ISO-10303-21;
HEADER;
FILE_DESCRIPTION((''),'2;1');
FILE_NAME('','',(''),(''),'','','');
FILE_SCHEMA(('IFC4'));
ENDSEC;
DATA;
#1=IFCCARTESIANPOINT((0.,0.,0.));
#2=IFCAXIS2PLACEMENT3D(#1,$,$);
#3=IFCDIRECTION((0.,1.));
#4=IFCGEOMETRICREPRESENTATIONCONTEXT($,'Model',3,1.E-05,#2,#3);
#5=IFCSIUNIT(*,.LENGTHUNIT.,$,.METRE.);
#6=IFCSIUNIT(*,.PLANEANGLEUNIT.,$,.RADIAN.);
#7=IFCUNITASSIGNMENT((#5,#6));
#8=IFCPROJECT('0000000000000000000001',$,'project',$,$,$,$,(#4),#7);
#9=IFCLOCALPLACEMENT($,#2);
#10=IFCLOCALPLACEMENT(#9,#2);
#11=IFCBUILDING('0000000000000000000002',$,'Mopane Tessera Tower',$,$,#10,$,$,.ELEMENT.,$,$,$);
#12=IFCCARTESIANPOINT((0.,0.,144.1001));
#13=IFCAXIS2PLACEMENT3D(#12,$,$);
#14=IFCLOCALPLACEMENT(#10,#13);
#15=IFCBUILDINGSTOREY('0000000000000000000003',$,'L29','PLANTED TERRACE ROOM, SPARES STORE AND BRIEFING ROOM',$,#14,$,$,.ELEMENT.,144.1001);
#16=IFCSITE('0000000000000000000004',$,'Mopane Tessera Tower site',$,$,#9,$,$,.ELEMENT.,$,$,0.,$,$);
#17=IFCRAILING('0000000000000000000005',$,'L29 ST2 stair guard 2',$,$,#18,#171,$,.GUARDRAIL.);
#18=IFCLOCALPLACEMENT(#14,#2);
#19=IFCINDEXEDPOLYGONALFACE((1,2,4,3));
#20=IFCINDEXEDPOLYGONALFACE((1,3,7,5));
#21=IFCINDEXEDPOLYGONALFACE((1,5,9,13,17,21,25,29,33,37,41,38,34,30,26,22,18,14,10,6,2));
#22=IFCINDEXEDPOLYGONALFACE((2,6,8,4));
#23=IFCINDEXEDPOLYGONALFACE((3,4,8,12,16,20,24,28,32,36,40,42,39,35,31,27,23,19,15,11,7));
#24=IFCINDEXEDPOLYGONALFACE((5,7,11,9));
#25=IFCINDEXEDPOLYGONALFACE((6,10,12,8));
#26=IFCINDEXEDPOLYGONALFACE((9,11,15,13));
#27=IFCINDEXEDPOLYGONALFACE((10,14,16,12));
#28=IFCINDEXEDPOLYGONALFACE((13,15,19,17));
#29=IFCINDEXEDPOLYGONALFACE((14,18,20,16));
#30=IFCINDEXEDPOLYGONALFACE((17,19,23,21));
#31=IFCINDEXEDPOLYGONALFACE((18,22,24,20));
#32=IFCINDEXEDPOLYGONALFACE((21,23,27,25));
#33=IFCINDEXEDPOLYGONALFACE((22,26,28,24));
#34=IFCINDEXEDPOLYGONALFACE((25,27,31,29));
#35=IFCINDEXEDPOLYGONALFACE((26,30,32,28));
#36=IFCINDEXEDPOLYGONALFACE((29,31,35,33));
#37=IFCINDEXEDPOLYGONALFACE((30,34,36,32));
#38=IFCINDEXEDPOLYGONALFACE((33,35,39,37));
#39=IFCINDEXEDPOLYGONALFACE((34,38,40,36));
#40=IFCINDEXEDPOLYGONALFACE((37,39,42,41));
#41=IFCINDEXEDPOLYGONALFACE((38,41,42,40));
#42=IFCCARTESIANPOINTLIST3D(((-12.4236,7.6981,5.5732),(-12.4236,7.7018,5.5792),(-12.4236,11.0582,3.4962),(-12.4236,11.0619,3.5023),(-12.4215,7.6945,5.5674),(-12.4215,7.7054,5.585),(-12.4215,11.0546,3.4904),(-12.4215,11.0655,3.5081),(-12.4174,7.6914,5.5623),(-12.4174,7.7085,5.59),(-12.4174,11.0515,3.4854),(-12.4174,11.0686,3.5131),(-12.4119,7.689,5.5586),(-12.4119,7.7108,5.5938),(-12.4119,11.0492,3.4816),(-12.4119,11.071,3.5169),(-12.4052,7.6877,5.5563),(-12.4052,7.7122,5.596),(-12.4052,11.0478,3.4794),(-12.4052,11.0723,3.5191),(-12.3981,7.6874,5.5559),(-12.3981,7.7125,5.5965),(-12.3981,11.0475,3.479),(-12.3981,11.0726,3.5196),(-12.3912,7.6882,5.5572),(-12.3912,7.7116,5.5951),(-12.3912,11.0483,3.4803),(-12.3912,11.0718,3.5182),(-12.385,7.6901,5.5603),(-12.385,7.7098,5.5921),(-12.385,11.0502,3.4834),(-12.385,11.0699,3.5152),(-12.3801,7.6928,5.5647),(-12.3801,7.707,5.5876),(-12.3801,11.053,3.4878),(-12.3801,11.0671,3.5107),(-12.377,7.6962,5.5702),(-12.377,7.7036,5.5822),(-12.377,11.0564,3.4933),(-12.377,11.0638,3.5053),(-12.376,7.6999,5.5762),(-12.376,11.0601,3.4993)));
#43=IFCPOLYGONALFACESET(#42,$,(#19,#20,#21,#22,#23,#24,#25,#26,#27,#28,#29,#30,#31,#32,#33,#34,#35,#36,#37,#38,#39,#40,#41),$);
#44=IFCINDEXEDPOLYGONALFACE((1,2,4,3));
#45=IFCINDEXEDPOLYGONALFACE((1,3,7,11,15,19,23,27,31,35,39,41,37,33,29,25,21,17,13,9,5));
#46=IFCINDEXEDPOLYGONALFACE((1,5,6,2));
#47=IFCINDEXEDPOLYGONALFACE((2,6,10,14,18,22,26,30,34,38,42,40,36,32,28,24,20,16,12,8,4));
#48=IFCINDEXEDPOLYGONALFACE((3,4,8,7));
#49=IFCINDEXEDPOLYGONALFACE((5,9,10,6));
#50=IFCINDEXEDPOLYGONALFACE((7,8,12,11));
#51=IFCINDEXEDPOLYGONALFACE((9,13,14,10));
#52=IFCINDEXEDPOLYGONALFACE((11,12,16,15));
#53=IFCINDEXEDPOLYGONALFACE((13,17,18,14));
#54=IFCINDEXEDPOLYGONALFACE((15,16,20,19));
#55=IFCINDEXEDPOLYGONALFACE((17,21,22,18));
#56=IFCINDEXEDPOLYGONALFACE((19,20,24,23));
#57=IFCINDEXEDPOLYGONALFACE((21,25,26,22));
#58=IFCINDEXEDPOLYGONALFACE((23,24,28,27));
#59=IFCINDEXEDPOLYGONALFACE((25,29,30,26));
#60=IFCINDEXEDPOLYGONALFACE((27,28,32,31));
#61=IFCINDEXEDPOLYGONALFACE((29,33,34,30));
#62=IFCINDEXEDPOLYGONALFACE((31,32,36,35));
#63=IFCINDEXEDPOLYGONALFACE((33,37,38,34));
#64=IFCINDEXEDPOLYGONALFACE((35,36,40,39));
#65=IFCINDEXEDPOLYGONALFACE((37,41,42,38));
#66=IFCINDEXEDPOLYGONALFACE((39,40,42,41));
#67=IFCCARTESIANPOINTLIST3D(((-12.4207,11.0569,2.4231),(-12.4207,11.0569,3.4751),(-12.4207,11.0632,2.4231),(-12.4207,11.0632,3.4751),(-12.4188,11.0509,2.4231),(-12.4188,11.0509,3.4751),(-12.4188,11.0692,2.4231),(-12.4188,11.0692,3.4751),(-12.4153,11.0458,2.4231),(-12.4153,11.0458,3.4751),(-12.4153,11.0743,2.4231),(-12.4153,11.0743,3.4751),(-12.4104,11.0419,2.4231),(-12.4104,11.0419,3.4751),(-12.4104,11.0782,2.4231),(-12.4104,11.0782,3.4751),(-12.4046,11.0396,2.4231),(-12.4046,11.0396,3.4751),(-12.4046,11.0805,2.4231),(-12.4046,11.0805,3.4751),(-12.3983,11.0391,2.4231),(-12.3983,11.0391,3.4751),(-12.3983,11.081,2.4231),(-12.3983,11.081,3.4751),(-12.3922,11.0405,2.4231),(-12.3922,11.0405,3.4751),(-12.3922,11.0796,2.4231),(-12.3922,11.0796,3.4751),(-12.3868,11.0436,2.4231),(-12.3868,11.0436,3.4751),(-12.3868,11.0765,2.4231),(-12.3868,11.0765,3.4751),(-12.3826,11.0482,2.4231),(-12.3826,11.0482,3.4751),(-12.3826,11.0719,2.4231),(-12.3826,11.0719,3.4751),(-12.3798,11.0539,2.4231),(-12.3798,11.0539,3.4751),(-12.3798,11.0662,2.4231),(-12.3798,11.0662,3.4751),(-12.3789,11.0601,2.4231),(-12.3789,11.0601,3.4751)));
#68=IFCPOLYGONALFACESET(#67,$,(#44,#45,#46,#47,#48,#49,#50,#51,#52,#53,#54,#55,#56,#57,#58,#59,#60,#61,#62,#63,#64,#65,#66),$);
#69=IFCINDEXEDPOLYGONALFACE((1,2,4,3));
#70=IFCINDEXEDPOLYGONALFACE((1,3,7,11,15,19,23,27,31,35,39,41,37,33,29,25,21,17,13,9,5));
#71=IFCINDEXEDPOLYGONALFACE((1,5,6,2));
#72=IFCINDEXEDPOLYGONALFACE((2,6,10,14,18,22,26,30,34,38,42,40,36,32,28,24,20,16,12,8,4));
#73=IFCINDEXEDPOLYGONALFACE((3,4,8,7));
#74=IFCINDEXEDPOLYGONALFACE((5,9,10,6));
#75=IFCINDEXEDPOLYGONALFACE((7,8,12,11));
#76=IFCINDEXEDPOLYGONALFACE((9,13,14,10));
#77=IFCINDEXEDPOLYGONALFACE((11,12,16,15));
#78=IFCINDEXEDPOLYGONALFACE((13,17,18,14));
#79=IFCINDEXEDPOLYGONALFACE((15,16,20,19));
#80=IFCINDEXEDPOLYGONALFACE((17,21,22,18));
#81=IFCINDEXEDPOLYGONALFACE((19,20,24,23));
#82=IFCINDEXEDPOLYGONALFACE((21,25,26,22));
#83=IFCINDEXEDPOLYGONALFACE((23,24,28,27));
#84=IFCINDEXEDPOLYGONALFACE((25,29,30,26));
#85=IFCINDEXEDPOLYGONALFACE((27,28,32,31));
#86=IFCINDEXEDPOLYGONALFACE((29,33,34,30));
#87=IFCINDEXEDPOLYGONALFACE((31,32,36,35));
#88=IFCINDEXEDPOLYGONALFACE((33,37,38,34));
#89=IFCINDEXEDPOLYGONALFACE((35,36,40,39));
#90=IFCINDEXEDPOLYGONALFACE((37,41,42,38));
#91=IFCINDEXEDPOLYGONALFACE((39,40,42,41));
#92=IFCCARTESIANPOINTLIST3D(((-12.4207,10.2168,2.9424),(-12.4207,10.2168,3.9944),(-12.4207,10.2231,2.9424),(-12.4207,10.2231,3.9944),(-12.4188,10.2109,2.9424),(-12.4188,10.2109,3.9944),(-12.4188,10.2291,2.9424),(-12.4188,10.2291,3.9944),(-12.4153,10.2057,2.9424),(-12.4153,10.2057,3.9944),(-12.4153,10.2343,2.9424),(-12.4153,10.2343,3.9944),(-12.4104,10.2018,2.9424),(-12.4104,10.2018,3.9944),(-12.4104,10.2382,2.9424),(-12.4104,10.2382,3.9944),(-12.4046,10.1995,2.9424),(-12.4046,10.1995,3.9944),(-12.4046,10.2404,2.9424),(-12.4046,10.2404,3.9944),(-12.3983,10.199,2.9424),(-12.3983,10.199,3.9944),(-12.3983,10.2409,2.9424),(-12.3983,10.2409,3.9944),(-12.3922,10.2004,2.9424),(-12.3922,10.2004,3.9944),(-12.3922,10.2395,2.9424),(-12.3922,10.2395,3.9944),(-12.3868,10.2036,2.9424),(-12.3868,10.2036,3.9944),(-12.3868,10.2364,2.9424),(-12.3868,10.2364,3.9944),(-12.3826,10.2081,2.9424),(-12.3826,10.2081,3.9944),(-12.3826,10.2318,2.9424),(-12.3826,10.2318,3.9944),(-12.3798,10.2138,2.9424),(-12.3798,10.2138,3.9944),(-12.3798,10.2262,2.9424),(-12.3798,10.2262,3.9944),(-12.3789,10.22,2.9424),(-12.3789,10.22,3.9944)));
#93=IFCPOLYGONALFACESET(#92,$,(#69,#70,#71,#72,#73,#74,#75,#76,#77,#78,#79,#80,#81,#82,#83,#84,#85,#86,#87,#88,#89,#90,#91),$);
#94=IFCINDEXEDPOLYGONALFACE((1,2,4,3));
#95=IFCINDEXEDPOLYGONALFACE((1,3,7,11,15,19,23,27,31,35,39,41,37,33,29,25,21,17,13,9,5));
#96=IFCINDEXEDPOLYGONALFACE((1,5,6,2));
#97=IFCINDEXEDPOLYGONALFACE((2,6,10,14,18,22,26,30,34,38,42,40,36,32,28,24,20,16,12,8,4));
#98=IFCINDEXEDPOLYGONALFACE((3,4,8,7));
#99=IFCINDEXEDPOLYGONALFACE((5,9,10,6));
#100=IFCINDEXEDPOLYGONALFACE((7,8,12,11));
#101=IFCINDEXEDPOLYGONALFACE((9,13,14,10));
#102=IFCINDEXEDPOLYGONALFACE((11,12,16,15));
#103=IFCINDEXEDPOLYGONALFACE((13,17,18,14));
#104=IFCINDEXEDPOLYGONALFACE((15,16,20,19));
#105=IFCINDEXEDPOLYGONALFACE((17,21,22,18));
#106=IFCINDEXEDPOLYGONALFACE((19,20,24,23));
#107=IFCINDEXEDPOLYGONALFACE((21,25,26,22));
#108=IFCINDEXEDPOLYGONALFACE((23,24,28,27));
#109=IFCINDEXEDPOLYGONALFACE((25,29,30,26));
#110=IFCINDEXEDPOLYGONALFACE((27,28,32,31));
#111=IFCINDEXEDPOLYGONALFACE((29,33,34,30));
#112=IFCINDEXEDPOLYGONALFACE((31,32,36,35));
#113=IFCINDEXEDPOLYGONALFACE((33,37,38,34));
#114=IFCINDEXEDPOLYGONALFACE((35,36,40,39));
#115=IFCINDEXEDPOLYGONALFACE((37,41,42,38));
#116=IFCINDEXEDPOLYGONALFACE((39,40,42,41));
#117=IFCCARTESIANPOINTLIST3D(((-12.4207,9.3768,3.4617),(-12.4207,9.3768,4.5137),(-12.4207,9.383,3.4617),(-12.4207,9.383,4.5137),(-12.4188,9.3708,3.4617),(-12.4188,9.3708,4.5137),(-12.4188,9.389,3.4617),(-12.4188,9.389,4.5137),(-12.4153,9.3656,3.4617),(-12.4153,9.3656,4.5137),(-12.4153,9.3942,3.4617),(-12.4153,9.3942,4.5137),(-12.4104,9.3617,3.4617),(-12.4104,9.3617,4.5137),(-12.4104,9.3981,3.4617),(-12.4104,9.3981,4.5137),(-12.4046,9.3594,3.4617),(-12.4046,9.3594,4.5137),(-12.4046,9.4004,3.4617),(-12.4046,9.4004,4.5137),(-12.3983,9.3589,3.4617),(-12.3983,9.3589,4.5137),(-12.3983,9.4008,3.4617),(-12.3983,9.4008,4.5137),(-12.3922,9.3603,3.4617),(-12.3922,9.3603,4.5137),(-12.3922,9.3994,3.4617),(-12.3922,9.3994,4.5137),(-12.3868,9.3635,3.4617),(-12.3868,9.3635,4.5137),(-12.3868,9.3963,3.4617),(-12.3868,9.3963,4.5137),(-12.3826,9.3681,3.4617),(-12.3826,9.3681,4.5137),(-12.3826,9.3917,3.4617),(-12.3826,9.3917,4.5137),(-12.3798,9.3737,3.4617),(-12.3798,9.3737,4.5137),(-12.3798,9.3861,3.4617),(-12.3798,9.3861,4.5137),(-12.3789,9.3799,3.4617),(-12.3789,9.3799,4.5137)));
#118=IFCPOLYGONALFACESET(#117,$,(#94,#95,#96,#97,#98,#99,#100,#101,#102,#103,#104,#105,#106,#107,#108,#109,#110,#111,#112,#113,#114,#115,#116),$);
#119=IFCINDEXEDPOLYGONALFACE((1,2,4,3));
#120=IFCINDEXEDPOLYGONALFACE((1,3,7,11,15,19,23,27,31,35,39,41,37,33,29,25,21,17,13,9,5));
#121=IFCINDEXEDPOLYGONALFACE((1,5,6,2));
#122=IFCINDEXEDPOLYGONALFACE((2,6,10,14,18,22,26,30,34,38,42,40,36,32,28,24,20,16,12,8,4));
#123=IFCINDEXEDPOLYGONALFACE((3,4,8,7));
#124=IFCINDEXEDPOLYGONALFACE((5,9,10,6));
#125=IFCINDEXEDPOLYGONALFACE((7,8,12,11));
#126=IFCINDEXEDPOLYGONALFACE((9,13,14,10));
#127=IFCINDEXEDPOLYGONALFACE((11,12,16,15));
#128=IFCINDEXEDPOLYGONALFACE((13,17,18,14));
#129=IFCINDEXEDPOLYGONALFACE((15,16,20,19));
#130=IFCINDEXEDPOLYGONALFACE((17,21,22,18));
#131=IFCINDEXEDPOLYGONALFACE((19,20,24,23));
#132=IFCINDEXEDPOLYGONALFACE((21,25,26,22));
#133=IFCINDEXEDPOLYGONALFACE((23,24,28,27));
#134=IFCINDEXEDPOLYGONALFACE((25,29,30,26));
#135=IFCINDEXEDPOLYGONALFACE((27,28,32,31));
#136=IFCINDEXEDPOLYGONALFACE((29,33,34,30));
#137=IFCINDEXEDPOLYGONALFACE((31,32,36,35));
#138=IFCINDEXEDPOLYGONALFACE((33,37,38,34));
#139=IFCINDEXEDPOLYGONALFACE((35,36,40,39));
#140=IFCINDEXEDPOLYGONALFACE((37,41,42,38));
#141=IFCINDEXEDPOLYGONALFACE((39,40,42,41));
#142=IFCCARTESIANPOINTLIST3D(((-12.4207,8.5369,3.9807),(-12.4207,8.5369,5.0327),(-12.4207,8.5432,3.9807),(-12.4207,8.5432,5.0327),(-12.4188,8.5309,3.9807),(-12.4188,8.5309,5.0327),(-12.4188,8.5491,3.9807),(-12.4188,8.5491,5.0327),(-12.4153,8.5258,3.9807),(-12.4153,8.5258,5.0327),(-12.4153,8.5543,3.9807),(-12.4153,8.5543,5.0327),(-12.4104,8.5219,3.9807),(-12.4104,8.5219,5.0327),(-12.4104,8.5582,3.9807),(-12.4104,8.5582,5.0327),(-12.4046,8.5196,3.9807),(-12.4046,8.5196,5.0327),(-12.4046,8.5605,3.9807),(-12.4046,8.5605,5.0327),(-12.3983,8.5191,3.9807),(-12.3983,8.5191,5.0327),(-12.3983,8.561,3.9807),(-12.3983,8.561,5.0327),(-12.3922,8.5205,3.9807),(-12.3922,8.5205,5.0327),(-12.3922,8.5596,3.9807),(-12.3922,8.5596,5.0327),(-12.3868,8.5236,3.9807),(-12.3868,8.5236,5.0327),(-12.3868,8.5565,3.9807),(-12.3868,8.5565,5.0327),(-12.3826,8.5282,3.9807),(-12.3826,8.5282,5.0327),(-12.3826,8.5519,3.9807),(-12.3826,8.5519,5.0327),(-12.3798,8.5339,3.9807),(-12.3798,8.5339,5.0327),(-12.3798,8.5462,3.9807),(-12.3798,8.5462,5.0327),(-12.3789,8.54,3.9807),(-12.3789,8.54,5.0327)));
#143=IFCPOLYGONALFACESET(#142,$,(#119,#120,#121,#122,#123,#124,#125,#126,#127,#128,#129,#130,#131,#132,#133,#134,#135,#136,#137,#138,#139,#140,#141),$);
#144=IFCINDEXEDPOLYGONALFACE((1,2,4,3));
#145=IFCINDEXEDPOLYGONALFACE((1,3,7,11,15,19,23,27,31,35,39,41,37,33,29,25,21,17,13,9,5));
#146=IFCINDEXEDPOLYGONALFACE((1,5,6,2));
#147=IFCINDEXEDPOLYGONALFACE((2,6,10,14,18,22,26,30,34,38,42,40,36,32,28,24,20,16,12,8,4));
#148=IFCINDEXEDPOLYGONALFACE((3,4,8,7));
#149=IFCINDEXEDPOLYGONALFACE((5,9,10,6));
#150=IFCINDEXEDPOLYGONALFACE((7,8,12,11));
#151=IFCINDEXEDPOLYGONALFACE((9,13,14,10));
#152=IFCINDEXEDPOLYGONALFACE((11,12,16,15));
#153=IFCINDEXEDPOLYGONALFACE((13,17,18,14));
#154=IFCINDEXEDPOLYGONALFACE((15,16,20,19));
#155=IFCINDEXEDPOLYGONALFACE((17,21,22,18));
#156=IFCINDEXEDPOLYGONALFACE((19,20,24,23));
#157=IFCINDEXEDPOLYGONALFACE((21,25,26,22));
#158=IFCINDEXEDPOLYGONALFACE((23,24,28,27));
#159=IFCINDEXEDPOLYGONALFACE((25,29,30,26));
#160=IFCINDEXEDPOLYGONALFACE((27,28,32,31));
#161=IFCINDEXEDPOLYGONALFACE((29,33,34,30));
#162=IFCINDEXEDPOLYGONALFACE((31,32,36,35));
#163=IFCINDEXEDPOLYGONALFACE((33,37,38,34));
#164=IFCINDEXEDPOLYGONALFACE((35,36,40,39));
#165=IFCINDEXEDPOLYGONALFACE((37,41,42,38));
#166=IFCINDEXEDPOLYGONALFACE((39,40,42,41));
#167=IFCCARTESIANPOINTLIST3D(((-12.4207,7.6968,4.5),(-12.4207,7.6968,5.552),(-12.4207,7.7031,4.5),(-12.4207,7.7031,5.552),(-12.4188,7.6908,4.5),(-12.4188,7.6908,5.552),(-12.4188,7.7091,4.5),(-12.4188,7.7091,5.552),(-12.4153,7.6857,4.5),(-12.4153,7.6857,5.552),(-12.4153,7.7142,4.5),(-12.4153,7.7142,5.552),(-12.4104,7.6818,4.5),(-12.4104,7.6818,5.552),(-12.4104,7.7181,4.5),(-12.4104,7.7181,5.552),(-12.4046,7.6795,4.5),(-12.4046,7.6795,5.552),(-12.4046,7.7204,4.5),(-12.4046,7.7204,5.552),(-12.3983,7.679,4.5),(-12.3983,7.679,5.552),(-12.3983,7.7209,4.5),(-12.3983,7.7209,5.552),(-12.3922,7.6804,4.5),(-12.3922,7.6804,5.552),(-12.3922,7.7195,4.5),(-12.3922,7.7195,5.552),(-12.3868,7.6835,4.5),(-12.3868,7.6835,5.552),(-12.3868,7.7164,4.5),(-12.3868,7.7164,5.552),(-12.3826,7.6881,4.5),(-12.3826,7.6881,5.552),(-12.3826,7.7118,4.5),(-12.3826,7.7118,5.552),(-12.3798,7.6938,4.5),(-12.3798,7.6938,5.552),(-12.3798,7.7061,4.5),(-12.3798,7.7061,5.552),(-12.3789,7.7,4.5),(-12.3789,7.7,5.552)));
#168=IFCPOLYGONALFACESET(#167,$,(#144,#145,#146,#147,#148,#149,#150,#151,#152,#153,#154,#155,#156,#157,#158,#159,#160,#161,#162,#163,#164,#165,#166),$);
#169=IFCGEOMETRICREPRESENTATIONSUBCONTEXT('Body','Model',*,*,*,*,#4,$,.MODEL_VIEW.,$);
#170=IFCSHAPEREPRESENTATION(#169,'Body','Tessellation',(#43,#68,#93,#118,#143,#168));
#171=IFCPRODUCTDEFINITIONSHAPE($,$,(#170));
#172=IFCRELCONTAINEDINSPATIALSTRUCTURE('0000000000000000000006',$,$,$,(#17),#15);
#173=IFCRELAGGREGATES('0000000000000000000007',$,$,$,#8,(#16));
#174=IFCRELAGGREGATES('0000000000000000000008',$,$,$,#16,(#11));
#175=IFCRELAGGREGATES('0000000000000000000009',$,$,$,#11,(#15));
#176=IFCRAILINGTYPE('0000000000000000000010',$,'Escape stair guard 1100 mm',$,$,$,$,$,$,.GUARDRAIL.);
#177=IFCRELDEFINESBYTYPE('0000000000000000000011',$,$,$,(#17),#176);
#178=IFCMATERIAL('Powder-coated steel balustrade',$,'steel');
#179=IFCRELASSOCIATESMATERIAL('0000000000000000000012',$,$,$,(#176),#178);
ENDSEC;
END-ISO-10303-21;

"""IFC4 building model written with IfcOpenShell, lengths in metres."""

from ifc_helpers import new_model, si_unit, direction, frame, origin, origin_2d, place, context, subcontext, project, spatial, circle, extrude, material, type_object, element, save


model = new_model("IFC4")

# Units and contexts
model_context = context("Model", 3, precision=1e-05, world=origin(), true_north=direction((0.0, 1.0)))
body_context = subcontext(model_context, "Body", "Model", "MODEL_VIEW")
ifc_project = project(units=[si_unit("LENGTHUNIT", "METRE"), si_unit("PLANEANGLEUNIT", "RADIAN")], contexts=[model_context])

# Site, building, storey
site_placement = place(None, origin())
site = spatial("IfcSite", under=ifc_project, at=site_placement, Name="Mopane Tessera Tower site", CompositionType="ELEMENT", RefElevation=0.0)
building_placement = place(site_placement, origin())
building = spatial("IfcBuilding", under=site, at=building_placement, Name="Mopane Tessera Tower", CompositionType="ELEMENT")
storey_placement = place(building_placement, frame((0.0, 0.0, 144.1001)))
storey = spatial("IfcBuildingStorey", under=building, at=storey_placement, Name="L29", Description="PLANTED TERRACE ROOM, SPARES STORE AND BRIEFING ROOM", CompositionType="ELEMENT", Elevation=144.1001)

# Railing
ifc_material_1 = material(Name="Powder-coated steel balustrade", Category="steel")
railing_type_1 = type_object("IfcRailingType", Name="Escape stair guard 1100 mm", PredefinedType="GUARDRAIL", material=ifc_material_1)
railing_1_placement = place(storey_placement, frame((-12.3999, 11.0601, 2.4231)))
element("IfcRailing", 1, at=railing_1_placement, inside=storey, type_object=railing_type_1, Name="L29 ST2 stair guard 2", PredefinedType="GUARDRAIL", context=body_context, shape_type="SweptSolid", body=[
    extrude(circle(Radius=0.0239, at=origin_2d()), frame((0.0, 0.0, 1.0762), z_axis=(0.0, -0.850623, 0.525776), x_axis=(1.0, 0.0, 0.0)), (0.0, 0.0, 1.0), 3.9502),
    extrude(circle(Radius=0.021, at=origin_2d()), origin(), (0.0, 0.0, 1.0), 1.052),
    extrude(circle(Radius=0.021, at=origin_2d()), frame((0.0, -0.8401, 0.5193)), (0.0, 0.0, 1.0), 1.052),
    extrude(circle(Radius=0.021, at=origin_2d()), frame((0.0, -1.6802, 1.0386)), (0.0, 0.0, 1.0), 1.052),
    extrude(circle(Radius=0.021, at=origin_2d()), frame((0.0, -2.52, 1.5576)), (0.0, 0.0, 1.0), 1.052),
    extrude(circle(Radius=0.021, at=origin_2d()), frame((0.0, -3.3601, 2.0769)), (0.0, 0.0, 1.0), 1.052),
])

save(model, "model.ifc")
